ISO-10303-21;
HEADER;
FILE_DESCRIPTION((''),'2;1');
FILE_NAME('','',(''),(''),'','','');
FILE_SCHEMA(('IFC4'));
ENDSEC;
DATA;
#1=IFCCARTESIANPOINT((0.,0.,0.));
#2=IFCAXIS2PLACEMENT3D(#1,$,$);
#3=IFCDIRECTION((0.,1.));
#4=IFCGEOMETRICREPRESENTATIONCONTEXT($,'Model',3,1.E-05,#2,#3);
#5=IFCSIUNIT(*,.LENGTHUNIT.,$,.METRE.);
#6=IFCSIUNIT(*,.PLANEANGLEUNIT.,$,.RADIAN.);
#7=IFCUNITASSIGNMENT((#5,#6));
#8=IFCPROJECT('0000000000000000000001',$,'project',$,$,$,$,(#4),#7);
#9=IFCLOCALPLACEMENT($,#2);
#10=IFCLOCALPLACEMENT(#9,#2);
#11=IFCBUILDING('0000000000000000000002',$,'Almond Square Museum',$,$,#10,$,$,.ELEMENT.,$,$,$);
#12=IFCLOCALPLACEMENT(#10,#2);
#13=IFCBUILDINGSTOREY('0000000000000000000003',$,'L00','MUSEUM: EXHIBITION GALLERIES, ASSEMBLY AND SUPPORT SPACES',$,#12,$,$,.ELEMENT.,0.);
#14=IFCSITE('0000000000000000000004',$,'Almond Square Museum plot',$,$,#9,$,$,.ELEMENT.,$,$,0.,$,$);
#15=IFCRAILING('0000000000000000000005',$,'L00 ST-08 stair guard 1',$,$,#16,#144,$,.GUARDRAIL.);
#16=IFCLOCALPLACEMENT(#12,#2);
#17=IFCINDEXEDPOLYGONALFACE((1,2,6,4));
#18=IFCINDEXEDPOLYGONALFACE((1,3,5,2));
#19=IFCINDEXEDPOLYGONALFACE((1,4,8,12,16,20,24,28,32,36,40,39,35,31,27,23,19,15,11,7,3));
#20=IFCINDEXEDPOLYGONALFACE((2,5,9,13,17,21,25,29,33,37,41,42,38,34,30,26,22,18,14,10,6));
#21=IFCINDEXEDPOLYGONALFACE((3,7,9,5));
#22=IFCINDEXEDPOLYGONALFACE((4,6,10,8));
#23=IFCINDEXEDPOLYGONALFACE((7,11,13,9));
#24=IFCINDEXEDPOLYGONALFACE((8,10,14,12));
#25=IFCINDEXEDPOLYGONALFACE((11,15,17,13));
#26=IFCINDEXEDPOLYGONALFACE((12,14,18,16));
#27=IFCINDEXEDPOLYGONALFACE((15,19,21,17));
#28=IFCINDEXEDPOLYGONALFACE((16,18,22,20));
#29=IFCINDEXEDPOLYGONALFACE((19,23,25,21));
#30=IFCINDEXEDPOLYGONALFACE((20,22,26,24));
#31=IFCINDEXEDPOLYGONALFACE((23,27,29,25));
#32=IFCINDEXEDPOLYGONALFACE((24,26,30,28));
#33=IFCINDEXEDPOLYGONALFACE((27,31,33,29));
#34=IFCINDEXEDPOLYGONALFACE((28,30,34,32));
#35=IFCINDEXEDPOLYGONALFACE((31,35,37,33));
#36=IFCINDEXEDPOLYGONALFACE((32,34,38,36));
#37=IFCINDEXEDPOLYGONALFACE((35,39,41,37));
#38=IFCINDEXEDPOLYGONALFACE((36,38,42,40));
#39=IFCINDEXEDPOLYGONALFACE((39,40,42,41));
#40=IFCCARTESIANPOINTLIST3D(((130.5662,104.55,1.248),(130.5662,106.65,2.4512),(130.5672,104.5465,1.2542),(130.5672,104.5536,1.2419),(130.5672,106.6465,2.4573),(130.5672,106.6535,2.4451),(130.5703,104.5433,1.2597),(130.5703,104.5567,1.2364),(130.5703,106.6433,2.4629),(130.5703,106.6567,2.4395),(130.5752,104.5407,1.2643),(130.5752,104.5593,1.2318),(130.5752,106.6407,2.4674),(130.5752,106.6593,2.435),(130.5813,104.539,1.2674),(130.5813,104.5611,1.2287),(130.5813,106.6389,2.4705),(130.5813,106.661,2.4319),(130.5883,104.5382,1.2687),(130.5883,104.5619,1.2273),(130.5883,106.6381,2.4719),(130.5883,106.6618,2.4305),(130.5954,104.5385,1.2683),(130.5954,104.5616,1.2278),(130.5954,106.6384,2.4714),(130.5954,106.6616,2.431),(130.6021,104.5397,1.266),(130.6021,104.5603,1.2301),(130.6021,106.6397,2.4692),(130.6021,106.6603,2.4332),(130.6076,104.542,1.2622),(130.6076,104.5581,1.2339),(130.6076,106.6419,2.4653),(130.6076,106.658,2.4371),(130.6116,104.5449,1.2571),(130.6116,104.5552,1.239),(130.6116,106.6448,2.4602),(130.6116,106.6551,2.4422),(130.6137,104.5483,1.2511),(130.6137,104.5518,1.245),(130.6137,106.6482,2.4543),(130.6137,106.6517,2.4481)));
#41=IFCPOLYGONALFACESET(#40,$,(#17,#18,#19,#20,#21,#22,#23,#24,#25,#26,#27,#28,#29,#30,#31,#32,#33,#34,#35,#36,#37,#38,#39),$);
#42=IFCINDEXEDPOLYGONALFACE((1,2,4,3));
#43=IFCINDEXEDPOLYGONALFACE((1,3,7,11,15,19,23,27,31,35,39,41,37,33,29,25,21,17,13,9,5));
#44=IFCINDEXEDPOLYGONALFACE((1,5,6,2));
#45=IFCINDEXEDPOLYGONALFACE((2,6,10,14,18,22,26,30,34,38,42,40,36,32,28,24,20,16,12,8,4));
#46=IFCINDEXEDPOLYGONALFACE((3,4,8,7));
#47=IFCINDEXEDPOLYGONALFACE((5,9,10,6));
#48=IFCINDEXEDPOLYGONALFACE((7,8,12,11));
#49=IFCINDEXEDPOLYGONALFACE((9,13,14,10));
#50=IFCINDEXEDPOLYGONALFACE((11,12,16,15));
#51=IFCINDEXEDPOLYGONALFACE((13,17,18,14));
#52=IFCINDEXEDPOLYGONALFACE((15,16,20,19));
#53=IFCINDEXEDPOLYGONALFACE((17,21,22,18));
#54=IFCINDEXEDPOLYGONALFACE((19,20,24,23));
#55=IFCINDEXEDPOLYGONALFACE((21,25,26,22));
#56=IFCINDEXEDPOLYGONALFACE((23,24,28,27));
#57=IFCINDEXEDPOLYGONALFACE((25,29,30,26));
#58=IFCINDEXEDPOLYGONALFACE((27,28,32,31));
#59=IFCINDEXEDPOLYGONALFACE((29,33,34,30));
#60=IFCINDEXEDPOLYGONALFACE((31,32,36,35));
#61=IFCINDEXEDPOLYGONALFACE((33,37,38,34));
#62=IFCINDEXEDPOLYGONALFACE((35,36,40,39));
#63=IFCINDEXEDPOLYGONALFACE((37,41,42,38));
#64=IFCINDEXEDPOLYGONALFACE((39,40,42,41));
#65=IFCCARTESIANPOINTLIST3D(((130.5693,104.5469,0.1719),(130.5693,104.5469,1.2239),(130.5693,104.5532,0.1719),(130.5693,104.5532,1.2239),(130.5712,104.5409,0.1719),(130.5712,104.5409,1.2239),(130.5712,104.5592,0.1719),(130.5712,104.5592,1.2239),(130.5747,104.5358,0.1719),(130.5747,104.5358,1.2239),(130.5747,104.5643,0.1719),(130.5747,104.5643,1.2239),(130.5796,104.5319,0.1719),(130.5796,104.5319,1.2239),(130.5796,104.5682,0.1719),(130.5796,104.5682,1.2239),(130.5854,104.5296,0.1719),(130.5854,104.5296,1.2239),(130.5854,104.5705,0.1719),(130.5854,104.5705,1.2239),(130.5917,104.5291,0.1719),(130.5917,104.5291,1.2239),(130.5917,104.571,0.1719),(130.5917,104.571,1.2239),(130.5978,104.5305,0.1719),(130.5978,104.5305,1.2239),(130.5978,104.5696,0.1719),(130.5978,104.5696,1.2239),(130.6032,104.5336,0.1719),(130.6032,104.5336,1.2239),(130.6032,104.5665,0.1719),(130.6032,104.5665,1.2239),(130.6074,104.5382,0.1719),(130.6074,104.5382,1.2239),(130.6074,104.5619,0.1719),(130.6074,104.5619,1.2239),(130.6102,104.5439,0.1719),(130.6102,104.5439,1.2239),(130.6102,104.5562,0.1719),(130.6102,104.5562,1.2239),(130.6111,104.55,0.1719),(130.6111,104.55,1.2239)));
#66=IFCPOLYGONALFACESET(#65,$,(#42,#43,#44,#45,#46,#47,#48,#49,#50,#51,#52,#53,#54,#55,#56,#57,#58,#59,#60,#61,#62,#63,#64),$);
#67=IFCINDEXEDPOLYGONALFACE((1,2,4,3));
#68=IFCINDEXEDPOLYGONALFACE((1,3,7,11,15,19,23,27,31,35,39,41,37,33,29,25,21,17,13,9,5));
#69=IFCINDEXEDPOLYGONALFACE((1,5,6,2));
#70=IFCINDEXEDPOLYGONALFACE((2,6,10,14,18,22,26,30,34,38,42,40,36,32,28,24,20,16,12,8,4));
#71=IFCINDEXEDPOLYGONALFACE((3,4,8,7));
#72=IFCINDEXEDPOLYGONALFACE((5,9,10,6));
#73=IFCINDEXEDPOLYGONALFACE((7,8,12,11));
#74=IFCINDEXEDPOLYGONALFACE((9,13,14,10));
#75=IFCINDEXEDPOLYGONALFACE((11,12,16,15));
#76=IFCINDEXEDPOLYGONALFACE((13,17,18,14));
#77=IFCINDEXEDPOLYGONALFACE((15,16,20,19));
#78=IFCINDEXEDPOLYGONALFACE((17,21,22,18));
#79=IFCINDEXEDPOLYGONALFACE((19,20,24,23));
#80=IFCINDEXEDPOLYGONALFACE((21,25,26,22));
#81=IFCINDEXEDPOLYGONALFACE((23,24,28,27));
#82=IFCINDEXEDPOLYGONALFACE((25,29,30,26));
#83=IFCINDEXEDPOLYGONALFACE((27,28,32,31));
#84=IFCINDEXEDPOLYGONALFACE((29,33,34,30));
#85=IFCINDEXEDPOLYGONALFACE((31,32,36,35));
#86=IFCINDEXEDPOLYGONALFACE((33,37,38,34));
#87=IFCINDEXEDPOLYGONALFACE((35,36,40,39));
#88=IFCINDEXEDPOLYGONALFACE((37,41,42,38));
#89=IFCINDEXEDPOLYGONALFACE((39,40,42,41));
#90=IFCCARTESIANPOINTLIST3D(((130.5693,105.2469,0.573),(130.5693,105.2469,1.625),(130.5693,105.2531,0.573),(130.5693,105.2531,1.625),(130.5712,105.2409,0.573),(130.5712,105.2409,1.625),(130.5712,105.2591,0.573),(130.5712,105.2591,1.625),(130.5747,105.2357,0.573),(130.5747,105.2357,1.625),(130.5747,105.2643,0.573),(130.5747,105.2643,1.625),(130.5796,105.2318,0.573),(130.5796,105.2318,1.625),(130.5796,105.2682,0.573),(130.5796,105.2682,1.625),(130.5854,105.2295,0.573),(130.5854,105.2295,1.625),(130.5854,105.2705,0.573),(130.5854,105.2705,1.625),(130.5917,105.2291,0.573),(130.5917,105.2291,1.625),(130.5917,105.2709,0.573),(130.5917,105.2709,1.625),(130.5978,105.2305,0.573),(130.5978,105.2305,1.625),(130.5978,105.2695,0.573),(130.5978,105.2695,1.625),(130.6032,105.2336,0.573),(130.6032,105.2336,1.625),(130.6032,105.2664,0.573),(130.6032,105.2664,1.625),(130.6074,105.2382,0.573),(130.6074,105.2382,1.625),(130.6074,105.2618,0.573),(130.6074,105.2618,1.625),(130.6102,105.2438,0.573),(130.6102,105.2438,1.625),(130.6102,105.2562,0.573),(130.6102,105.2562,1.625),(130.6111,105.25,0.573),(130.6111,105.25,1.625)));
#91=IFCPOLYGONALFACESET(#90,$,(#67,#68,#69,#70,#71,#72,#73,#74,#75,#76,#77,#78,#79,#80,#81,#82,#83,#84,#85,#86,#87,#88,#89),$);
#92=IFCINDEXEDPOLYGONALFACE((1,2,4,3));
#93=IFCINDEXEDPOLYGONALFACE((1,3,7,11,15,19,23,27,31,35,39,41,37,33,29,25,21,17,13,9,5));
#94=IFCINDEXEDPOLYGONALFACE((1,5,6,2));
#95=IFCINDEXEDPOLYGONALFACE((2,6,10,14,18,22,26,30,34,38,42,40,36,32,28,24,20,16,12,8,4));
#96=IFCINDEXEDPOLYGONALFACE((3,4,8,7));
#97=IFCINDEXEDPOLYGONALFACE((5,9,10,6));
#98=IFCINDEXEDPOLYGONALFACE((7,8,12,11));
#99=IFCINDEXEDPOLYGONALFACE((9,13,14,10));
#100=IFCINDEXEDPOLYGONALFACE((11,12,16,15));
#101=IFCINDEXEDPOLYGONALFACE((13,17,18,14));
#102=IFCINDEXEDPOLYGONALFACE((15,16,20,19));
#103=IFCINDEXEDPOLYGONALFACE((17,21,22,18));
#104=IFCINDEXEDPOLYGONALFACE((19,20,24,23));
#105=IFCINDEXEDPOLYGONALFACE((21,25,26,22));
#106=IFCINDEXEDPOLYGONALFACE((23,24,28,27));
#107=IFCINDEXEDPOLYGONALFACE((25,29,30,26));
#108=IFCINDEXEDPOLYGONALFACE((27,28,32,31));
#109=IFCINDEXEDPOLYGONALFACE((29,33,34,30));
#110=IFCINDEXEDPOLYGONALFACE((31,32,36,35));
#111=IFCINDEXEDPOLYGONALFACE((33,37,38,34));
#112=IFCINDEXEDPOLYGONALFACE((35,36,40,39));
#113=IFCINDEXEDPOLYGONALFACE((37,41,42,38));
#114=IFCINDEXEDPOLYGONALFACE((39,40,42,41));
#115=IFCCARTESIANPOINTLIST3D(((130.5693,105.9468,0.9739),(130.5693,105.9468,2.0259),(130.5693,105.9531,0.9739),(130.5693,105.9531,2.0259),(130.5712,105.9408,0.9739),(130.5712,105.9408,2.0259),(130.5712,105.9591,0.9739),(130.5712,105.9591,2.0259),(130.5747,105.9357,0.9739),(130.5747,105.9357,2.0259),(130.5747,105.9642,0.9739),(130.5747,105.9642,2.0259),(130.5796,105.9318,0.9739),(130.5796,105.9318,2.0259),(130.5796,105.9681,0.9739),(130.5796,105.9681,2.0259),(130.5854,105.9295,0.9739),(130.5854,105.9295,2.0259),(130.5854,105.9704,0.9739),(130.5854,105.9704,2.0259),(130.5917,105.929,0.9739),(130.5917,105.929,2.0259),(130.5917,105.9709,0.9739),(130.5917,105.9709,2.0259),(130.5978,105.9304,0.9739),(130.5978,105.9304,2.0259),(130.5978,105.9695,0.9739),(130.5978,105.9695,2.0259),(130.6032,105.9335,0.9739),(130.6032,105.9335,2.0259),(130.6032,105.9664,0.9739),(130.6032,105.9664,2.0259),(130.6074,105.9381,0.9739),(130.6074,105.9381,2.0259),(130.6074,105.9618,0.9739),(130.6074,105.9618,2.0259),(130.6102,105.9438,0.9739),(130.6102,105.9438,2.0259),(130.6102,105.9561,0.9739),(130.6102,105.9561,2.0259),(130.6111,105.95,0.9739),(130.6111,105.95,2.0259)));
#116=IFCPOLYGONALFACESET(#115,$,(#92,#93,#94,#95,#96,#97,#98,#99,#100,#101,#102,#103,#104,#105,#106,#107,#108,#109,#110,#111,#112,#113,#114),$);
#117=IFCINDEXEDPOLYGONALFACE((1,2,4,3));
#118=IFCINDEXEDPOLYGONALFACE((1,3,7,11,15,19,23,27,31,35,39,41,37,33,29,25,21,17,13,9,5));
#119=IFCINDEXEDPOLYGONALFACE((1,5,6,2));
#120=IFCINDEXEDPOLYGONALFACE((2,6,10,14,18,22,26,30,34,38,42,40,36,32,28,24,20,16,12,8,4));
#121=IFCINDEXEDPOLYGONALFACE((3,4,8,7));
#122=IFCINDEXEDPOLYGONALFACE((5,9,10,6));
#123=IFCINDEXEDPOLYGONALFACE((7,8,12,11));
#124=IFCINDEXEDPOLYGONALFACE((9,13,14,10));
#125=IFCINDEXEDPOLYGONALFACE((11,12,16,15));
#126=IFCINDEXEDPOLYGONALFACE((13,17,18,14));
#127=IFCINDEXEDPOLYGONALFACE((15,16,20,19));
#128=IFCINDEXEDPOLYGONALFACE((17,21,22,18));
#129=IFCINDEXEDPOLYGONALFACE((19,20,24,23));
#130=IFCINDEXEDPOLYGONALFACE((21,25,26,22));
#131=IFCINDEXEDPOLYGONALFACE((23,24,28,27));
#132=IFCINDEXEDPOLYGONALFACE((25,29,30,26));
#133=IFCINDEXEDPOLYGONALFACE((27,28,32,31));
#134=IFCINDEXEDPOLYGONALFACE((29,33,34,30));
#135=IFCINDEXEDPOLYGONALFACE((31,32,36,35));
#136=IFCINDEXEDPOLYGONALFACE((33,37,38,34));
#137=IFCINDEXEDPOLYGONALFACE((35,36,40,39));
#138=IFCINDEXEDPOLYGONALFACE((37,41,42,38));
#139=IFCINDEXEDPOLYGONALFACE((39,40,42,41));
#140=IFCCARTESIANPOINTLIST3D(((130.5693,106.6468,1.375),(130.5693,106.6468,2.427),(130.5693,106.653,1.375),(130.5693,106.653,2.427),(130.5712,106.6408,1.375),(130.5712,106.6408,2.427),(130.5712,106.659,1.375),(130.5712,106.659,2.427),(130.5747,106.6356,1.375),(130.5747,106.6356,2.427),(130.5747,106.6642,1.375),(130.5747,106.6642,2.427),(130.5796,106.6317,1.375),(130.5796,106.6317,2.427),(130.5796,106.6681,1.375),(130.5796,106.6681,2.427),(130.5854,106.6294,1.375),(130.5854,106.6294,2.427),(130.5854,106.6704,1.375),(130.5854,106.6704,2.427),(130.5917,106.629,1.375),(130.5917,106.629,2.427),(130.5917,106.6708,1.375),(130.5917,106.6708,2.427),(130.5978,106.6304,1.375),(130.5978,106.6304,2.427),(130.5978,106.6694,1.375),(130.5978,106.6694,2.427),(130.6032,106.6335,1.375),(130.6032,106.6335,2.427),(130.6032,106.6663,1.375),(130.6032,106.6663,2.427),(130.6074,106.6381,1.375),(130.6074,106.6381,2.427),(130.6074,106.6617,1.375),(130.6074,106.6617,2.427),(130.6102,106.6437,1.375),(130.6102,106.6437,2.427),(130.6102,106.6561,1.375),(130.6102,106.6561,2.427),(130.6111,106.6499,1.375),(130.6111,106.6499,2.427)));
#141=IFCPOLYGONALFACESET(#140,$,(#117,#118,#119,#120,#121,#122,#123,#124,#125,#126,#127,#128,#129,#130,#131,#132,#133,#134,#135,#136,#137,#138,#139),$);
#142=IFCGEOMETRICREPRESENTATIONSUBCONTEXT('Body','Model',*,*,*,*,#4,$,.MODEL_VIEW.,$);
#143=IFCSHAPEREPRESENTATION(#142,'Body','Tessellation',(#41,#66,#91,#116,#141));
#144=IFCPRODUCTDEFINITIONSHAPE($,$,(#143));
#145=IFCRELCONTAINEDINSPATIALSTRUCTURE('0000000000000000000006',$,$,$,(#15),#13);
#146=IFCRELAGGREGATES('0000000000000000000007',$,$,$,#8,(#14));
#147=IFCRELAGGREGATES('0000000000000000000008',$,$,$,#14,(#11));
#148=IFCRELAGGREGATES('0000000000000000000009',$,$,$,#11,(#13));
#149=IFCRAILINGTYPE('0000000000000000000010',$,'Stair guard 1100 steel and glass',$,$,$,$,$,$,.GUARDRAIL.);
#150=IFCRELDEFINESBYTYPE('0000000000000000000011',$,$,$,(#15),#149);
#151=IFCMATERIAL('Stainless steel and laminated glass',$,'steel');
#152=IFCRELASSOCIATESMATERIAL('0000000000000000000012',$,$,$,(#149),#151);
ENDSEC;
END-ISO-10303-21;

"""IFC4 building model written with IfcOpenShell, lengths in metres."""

from ifc_helpers import new_model, si_unit, direction, frame, origin, origin_2d, place, context, subcontext, project, spatial, circle, extrude, material, type_object, element, save


model = new_model("IFC4")

# Units and contexts
model_context = context("Model", 3, precision=1e-05, world=origin(), true_north=direction((0.0, 1.0)))
body_context = subcontext(model_context, "Body", "Model", "MODEL_VIEW")
ifc_project = project(units=[si_unit("LENGTHUNIT", "METRE"), si_unit("PLANEANGLEUNIT", "RADIAN")], contexts=[model_context])

# Site, building, storey
site_placement = place(None, origin())
site = spatial("IfcSite", under=ifc_project, at=site_placement, Name="Almond Square Museum plot", CompositionType="ELEMENT", RefElevation=0.0)
building_placement = place(site_placement, origin())
building = spatial("IfcBuilding", under=site, at=building_placement, Name="Almond Square Museum", CompositionType="ELEMENT")
storey_placement = place(building_placement, origin())
storey = spatial("IfcBuildingStorey", under=building, at=storey_placement, Name="L00", Description="MUSEUM: EXHIBITION GALLERIES, ASSEMBLY AND SUPPORT SPACES", CompositionType="ELEMENT", Elevation=0.0)

# Railing
ifc_material_1 = material(Name="Stainless steel and laminated glass", Category="steel")
railing_type_1 = type_object("IfcRailingType", Name="Stair guard 1100 steel and glass", PredefinedType="GUARDRAIL", material=ifc_material_1)
railing_1_placement = place(storey_placement, frame((130.5901, 104.55, 0.1719)))
element("IfcRailing", 1, at=railing_1_placement, inside=storey, type_object=railing_type_1, Name="L00 ST-08 stair guard 1", PredefinedType="GUARDRAIL", context=body_context, shape_type="SweptSolid", body=[
    extrude(circle(Radius=0.0239, at=origin_2d()), frame((0.0, 0.0, 1.0762), z_axis=(0.0, 0.867671, 0.497138), x_axis=(-1.0, 0.0, 0.0)), (0.0, 0.0, 1.0), 2.4202),
    extrude(circle(Radius=0.021, at=origin_2d()), origin(), (0.0, 0.0, 1.0), 1.052),
    extrude(circle(Radius=0.021, at=origin_2d()), frame((0.0, 0.7, 0.4011)), (0.0, 0.0, 1.0), 1.052),
    extrude(circle(Radius=0.021, at=origin_2d()), frame((0.0, 1.3999, 0.802)), (0.0, 0.0, 1.0), 1.052),
    extrude(circle(Radius=0.021, at=origin_2d()), frame((0.0, 2.0999, 1.2031)), (0.0, 0.0, 1.0), 1.052),
])

save(model, "model.ifc")
